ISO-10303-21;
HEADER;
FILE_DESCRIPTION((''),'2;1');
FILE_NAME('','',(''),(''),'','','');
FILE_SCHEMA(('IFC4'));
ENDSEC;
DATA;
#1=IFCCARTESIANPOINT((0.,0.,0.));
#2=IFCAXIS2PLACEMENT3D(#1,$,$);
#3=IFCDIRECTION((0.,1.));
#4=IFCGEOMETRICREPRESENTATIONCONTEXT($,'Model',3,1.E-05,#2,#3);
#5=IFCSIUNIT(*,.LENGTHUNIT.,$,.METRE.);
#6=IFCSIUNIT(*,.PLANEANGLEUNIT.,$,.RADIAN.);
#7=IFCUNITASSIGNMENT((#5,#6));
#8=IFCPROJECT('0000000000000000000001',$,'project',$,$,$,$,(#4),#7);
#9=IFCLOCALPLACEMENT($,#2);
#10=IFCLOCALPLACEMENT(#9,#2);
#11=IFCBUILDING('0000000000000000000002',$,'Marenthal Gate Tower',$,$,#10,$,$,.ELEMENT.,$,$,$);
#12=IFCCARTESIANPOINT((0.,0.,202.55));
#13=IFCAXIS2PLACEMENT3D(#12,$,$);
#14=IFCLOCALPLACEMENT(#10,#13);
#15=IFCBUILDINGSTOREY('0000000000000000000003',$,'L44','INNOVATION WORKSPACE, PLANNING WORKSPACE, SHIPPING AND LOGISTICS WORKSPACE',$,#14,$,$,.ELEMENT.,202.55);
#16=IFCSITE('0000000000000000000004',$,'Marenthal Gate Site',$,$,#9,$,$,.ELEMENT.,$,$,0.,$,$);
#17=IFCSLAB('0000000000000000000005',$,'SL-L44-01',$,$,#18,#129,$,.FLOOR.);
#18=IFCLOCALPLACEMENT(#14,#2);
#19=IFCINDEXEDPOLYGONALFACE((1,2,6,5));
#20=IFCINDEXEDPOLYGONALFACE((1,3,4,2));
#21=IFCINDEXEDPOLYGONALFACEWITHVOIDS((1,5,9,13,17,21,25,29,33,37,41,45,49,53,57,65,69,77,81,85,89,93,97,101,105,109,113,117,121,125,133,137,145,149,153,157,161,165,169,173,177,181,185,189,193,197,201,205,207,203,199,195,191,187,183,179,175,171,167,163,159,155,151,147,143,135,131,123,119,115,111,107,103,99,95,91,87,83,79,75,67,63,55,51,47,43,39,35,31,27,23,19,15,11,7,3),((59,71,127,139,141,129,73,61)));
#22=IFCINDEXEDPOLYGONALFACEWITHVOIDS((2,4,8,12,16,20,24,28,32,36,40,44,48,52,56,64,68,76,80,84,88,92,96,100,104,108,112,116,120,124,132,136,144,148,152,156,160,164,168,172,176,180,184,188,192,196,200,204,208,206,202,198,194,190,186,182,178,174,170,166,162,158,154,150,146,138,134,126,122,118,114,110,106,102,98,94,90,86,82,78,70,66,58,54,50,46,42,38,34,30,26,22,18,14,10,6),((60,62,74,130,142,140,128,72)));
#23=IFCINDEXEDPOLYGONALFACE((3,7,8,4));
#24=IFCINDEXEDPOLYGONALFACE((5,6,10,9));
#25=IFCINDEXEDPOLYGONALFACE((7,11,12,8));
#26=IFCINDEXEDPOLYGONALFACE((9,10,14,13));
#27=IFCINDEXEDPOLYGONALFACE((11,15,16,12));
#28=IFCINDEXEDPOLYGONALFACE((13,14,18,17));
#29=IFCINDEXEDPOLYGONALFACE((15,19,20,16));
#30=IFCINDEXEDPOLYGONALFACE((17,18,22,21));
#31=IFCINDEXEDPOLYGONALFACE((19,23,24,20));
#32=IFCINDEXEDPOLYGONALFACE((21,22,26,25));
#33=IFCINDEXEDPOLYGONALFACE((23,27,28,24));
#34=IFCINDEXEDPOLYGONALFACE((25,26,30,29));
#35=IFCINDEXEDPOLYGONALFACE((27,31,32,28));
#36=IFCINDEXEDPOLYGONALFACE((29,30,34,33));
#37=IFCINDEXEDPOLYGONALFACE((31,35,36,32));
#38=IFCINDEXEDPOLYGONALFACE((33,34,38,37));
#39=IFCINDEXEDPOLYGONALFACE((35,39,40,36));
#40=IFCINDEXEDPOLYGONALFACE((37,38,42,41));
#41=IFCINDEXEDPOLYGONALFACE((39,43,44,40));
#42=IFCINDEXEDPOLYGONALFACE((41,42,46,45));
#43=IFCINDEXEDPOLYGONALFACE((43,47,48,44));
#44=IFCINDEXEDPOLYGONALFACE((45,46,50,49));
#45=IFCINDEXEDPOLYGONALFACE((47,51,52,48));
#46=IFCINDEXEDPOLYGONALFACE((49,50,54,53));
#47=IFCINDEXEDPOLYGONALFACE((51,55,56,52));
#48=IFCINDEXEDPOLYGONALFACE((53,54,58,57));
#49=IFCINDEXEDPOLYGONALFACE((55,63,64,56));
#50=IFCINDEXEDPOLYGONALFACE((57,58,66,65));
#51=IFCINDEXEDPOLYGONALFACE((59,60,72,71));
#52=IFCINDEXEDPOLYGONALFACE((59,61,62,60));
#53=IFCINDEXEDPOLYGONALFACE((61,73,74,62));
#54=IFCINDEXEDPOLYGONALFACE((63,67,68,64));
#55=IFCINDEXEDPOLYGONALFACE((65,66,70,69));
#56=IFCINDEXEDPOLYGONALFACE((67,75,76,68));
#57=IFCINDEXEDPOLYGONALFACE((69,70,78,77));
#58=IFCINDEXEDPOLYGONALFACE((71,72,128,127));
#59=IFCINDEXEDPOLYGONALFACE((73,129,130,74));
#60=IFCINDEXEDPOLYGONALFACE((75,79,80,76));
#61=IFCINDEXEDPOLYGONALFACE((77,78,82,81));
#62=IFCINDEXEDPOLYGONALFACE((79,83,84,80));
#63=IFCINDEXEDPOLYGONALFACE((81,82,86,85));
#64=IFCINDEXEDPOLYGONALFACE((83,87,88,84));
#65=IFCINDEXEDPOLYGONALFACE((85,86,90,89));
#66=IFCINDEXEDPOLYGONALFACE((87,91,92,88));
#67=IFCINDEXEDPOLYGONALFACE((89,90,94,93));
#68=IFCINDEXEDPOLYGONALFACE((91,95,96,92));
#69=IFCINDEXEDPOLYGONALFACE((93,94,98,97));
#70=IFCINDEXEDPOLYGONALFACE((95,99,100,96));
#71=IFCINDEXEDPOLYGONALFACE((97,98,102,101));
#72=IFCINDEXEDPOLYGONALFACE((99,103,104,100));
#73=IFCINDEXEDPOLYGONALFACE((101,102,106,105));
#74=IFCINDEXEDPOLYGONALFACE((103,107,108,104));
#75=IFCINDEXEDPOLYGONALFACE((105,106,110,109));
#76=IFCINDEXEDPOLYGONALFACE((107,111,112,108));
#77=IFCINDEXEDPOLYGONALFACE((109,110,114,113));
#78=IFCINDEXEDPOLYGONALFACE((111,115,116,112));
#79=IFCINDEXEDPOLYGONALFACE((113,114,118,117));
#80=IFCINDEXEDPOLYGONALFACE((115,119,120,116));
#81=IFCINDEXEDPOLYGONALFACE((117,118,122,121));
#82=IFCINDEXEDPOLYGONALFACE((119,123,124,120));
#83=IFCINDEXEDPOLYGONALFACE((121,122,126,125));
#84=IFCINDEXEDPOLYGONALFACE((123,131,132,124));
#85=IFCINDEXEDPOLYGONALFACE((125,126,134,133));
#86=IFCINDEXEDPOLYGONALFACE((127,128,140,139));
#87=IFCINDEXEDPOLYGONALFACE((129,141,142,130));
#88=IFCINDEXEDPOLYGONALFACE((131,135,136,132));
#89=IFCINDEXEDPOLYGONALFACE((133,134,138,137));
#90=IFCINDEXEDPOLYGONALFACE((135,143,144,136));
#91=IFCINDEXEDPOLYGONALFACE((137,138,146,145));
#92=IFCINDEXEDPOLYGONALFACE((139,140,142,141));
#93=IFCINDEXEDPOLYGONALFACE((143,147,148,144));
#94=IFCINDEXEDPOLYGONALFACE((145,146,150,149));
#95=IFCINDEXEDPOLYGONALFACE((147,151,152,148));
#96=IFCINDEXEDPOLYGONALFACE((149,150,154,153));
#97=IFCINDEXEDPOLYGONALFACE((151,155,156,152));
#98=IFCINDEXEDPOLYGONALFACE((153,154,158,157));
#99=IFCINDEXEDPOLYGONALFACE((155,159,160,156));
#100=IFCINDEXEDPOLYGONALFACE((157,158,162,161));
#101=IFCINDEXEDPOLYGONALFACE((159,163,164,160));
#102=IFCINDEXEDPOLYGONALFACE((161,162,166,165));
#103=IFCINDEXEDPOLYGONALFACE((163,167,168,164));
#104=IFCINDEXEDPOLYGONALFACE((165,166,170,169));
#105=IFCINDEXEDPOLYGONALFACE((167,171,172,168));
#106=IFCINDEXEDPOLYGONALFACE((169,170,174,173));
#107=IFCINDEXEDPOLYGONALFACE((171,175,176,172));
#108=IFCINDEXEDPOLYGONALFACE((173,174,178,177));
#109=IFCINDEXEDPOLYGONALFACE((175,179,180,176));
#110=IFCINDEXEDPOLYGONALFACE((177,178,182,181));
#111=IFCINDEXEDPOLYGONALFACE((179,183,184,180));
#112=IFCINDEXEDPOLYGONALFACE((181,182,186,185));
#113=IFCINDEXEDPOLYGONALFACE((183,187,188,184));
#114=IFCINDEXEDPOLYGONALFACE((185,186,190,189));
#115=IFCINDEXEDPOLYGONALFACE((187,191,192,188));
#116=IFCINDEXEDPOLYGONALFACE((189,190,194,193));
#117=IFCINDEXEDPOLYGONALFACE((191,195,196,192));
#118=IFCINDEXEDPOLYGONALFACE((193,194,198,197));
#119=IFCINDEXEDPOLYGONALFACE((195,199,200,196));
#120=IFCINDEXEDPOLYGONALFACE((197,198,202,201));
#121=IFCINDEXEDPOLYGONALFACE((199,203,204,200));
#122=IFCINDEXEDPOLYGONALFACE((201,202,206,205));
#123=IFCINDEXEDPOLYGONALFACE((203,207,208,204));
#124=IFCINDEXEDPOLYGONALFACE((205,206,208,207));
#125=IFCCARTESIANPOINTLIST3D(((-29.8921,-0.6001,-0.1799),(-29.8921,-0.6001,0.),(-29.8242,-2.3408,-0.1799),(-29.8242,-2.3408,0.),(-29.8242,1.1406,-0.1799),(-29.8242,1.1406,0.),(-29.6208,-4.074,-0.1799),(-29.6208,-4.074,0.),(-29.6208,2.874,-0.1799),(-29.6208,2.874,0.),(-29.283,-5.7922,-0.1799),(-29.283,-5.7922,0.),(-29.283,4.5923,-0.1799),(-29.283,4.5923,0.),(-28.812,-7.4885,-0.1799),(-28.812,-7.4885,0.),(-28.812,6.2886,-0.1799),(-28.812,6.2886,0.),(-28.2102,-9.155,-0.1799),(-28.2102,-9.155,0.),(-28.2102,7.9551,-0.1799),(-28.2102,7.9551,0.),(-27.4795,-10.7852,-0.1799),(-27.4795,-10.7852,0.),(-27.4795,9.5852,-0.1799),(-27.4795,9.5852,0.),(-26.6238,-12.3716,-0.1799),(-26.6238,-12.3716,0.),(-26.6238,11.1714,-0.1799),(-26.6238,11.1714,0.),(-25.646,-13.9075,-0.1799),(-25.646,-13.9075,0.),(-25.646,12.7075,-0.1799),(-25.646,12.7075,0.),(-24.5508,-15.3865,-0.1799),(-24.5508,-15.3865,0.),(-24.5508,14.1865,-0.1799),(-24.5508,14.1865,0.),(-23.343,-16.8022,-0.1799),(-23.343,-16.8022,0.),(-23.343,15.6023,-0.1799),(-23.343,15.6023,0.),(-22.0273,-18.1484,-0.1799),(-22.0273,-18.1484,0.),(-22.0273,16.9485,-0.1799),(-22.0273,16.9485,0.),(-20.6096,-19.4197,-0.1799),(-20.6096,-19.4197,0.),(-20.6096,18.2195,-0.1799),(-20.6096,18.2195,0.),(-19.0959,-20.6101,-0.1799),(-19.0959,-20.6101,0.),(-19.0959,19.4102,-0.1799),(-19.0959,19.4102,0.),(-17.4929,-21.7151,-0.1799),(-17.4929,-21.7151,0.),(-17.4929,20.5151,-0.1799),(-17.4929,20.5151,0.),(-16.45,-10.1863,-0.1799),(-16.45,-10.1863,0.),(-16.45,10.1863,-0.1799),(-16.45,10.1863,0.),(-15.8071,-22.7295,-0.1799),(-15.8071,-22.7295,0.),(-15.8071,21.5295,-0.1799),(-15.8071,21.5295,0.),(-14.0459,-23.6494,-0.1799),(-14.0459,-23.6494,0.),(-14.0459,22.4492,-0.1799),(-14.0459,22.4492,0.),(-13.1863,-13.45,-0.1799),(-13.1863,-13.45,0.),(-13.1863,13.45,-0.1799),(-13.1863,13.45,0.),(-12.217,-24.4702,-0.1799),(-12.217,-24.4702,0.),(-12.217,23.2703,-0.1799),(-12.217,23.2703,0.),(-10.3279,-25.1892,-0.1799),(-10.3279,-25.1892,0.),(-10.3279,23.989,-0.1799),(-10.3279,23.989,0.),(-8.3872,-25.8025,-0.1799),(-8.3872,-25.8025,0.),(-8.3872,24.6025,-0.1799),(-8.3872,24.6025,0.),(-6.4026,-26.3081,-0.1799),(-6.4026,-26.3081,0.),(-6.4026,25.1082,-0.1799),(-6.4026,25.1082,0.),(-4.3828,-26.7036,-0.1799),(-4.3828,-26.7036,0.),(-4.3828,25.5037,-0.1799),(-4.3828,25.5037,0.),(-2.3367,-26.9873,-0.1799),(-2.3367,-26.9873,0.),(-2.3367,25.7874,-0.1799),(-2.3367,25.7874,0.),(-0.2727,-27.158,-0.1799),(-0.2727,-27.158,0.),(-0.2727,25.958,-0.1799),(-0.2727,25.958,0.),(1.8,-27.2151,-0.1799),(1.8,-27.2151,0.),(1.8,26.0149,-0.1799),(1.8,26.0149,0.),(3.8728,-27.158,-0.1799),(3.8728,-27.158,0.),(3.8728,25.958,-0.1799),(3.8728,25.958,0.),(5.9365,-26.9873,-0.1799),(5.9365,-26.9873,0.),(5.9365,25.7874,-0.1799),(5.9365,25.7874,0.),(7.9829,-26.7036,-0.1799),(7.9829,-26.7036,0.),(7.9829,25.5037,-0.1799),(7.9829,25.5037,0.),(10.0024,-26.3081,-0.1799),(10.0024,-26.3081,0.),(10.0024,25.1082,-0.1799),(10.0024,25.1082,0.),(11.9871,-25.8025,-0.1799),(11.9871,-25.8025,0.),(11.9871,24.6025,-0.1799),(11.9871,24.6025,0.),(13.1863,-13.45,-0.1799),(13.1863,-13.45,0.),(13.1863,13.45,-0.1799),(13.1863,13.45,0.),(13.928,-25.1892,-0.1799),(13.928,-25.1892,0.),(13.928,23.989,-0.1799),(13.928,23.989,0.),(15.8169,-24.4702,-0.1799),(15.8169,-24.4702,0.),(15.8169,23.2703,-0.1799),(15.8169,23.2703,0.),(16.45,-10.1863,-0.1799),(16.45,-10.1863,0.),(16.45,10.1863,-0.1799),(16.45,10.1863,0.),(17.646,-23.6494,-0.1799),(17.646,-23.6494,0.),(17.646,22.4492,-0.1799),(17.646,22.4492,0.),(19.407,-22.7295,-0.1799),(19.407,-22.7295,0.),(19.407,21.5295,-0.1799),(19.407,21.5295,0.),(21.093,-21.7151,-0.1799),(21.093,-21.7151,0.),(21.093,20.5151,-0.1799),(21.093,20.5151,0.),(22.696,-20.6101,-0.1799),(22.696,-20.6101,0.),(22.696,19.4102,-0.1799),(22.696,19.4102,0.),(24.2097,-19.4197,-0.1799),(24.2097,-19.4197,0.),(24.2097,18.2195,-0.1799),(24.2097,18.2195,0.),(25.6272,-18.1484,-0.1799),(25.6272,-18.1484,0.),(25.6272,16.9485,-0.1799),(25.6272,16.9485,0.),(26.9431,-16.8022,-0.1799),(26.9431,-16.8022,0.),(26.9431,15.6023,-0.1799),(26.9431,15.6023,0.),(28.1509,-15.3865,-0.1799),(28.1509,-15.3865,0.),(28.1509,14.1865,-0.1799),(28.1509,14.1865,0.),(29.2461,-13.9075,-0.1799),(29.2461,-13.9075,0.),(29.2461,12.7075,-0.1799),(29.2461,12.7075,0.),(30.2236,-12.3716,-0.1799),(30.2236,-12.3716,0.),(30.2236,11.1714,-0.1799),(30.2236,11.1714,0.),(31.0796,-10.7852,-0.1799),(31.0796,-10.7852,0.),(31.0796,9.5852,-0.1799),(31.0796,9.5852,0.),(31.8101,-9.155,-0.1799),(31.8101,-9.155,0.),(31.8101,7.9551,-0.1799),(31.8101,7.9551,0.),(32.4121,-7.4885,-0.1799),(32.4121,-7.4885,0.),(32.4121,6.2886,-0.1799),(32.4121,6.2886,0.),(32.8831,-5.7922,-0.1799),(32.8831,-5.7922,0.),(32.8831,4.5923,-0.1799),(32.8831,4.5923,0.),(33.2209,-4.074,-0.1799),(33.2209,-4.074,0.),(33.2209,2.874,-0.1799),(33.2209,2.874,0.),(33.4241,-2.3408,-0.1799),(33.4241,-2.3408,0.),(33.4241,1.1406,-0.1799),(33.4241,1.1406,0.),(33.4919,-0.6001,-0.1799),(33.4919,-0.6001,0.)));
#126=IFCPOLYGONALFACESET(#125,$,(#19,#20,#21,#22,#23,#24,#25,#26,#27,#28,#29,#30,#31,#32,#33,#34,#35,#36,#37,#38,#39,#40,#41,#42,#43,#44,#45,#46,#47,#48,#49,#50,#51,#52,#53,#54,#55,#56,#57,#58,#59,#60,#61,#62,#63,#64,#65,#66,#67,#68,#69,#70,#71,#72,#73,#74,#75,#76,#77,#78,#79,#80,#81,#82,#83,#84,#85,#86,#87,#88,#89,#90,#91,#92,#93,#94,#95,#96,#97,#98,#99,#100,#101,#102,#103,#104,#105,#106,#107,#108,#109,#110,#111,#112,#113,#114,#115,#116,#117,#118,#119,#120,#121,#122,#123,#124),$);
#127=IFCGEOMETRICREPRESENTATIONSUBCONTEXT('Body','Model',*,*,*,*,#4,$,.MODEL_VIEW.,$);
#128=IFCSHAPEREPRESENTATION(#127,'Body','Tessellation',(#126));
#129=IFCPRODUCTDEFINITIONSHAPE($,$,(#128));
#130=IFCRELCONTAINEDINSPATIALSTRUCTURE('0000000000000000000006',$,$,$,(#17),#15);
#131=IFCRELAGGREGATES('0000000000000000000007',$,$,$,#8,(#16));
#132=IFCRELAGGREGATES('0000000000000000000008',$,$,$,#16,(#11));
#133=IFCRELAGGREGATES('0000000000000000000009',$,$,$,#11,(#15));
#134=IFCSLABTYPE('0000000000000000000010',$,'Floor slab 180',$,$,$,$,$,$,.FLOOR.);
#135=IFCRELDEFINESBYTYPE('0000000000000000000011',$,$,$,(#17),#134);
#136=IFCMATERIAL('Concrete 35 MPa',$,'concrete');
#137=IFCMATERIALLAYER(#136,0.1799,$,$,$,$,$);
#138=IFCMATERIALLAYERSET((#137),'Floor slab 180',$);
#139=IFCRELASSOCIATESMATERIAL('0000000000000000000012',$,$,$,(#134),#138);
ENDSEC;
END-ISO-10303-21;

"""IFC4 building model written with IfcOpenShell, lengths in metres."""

from ifc_helpers import new_model, si_unit, direction, frame, origin, place, context, subcontext, project, spatial, polyline, outline, extrude, material, layer, layer_set, type_object, element, save


model = new_model("IFC4")

# Units and contexts
model_context = context("Model", 3, precision=1e-05, world=origin(), true_north=direction((0.0, 1.0)))
body_context = subcontext(model_context, "Body", "Model", "MODEL_VIEW")
ifc_project = project(units=[si_unit("LENGTHUNIT", "METRE"), si_unit("PLANEANGLEUNIT", "RADIAN")], contexts=[model_context])

# Site, building, storey
site_placement = place(None, origin())
site = spatial("IfcSite", under=ifc_project, at=site_placement, Name="Marenthal Gate Site", CompositionType="ELEMENT", RefElevation=0.0)
building_placement = place(site_placement, origin())
building = spatial("IfcBuilding", under=site, at=building_placement, Name="Marenthal Gate Tower", CompositionType="ELEMENT")
storey_placement = place(building_placement, frame((0.0, 0.0, 202.55)))
storey = spatial("IfcBuildingStorey", under=building, at=storey_placement, Name="L44", Description="INNOVATION WORKSPACE, PLANNING WORKSPACE, SHIPPING AND LOGISTICS WORKSPACE", CompositionType="ELEMENT", Elevation=202.55)

# Slab
ifc_material_1 = material(Name="Concrete 35 MPa", Category="concrete")
ifc_layer_1 = layer(ifc_material_1, 0.1799)
ifc_layer_set_1 = layer_set([ifc_layer_1], Name="Floor slab 180")
slab_type = type_object("IfcSlabType", Name="Floor slab 180", PredefinedType="FLOOR", material=ifc_layer_set_1)
slab_placement = place(storey_placement, frame((0.0, 0.0, -0.1799)))
element("IfcSlab", 1, at=slab_placement, inside=storey, type_object=slab_type, Name="SL-L44-01", PredefinedType="FLOOR", context=body_context, shape_type="SweptSolid", body=[
    extrude(outline(polyline([(33.4919, -0.6001), (33.4241, 1.1406), (33.2209, 2.874), (32.8831, 4.5923), (32.4121, 6.2886), (31.8101, 7.9551), (31.0796, 9.5852), (30.2236, 11.1714), (29.2461, 12.7075), (28.1509, 14.1865), (26.9431, 15.6023), (25.6272, 16.9485), (24.2097, 18.2195), (22.696, 19.4102), (21.093, 20.5151), (19.407, 21.5295), (17.646, 22.4492), (15.8169, 23.2703), (13.928, 23.989), (11.9871, 24.6025), (10.0024, 25.1082), (7.9829, 25.5037), (5.9365, 25.7874), (3.8728, 25.958), (1.8, 26.0149), (-0.2727, 25.958), (-2.3367, 25.7874), (-4.3828, 25.5037), (-6.4026, 25.1082), (-8.3872, 24.6025), (-10.3279, 23.989), (-12.217, 23.2703), (-14.0459, 22.4492), (-15.8071, 21.5295), (-17.4929, 20.5151), (-19.0959, 19.4102), (-20.6096, 18.2195), (-22.0273, 16.9485), (-23.343, 15.6023), (-24.5508, 14.1865), (-25.646, 12.7075), (-26.6238, 11.1714), (-27.4795, 9.5852), (-28.2102, 7.9551), (-28.812, 6.2886), (-29.283, 4.5923), (-29.6208, 2.874), (-29.8242, 1.1406), (-29.8921, -0.6001), (-29.8242, -2.3408), (-29.6208, -4.074), (-29.283, -5.7922), (-28.812, -7.4885), (-28.2102, -9.155), (-27.4795, -10.7852), (-26.6238, -12.3716), (-25.646, -13.9075), (-24.5508, -15.3865), (-23.343, -16.8022), (-22.0273, -18.1484), (-20.6096, -19.4197), (-19.0959, -20.6101), (-17.4929, -21.7151), (-15.8071, -22.7295), (-14.0459, -23.6494), (-12.217, -24.4702), (-10.3279, -25.1892), (-8.3872, -25.8025), (-6.4026, -26.3081), (-4.3828, -26.7036), (-2.3367, -26.9873), (-0.2727, -27.158), (1.8, -27.2151), (3.8728, -27.158), (5.9365, -26.9873), (7.9829, -26.7036), (10.0024, -26.3081), (11.9871, -25.8025), (13.928, -25.1892), (15.8169, -24.4702), (17.646, -23.6494), (19.407, -22.7295), (21.093, -21.7151), (22.696, -20.6101), (24.2097, -19.4197), (25.6272, -18.1484), (26.9431, -16.8022), (28.1509, -15.3865), (29.2461, -13.9075), (30.2236, -12.3716), (31.0796, -10.7852), (31.8101, -9.155), (32.4121, -7.4885), (32.8831, -5.7922), (33.2209, -4.074), (33.4241, -2.3408), (33.4919, -0.6001)]), holes=[polyline([(13.1863, -13.45), (16.45, -10.1863), (16.45, 10.1863), (13.1863, 13.45), (-13.1863, 13.45), (-16.45, 10.1863), (-16.45, -10.1863), (-13.1863, -13.45), (13.1863, -13.45)])]), origin(), (0.0, 0.0, 1.0), 0.1799),
])

save(model, "model.ifc")
